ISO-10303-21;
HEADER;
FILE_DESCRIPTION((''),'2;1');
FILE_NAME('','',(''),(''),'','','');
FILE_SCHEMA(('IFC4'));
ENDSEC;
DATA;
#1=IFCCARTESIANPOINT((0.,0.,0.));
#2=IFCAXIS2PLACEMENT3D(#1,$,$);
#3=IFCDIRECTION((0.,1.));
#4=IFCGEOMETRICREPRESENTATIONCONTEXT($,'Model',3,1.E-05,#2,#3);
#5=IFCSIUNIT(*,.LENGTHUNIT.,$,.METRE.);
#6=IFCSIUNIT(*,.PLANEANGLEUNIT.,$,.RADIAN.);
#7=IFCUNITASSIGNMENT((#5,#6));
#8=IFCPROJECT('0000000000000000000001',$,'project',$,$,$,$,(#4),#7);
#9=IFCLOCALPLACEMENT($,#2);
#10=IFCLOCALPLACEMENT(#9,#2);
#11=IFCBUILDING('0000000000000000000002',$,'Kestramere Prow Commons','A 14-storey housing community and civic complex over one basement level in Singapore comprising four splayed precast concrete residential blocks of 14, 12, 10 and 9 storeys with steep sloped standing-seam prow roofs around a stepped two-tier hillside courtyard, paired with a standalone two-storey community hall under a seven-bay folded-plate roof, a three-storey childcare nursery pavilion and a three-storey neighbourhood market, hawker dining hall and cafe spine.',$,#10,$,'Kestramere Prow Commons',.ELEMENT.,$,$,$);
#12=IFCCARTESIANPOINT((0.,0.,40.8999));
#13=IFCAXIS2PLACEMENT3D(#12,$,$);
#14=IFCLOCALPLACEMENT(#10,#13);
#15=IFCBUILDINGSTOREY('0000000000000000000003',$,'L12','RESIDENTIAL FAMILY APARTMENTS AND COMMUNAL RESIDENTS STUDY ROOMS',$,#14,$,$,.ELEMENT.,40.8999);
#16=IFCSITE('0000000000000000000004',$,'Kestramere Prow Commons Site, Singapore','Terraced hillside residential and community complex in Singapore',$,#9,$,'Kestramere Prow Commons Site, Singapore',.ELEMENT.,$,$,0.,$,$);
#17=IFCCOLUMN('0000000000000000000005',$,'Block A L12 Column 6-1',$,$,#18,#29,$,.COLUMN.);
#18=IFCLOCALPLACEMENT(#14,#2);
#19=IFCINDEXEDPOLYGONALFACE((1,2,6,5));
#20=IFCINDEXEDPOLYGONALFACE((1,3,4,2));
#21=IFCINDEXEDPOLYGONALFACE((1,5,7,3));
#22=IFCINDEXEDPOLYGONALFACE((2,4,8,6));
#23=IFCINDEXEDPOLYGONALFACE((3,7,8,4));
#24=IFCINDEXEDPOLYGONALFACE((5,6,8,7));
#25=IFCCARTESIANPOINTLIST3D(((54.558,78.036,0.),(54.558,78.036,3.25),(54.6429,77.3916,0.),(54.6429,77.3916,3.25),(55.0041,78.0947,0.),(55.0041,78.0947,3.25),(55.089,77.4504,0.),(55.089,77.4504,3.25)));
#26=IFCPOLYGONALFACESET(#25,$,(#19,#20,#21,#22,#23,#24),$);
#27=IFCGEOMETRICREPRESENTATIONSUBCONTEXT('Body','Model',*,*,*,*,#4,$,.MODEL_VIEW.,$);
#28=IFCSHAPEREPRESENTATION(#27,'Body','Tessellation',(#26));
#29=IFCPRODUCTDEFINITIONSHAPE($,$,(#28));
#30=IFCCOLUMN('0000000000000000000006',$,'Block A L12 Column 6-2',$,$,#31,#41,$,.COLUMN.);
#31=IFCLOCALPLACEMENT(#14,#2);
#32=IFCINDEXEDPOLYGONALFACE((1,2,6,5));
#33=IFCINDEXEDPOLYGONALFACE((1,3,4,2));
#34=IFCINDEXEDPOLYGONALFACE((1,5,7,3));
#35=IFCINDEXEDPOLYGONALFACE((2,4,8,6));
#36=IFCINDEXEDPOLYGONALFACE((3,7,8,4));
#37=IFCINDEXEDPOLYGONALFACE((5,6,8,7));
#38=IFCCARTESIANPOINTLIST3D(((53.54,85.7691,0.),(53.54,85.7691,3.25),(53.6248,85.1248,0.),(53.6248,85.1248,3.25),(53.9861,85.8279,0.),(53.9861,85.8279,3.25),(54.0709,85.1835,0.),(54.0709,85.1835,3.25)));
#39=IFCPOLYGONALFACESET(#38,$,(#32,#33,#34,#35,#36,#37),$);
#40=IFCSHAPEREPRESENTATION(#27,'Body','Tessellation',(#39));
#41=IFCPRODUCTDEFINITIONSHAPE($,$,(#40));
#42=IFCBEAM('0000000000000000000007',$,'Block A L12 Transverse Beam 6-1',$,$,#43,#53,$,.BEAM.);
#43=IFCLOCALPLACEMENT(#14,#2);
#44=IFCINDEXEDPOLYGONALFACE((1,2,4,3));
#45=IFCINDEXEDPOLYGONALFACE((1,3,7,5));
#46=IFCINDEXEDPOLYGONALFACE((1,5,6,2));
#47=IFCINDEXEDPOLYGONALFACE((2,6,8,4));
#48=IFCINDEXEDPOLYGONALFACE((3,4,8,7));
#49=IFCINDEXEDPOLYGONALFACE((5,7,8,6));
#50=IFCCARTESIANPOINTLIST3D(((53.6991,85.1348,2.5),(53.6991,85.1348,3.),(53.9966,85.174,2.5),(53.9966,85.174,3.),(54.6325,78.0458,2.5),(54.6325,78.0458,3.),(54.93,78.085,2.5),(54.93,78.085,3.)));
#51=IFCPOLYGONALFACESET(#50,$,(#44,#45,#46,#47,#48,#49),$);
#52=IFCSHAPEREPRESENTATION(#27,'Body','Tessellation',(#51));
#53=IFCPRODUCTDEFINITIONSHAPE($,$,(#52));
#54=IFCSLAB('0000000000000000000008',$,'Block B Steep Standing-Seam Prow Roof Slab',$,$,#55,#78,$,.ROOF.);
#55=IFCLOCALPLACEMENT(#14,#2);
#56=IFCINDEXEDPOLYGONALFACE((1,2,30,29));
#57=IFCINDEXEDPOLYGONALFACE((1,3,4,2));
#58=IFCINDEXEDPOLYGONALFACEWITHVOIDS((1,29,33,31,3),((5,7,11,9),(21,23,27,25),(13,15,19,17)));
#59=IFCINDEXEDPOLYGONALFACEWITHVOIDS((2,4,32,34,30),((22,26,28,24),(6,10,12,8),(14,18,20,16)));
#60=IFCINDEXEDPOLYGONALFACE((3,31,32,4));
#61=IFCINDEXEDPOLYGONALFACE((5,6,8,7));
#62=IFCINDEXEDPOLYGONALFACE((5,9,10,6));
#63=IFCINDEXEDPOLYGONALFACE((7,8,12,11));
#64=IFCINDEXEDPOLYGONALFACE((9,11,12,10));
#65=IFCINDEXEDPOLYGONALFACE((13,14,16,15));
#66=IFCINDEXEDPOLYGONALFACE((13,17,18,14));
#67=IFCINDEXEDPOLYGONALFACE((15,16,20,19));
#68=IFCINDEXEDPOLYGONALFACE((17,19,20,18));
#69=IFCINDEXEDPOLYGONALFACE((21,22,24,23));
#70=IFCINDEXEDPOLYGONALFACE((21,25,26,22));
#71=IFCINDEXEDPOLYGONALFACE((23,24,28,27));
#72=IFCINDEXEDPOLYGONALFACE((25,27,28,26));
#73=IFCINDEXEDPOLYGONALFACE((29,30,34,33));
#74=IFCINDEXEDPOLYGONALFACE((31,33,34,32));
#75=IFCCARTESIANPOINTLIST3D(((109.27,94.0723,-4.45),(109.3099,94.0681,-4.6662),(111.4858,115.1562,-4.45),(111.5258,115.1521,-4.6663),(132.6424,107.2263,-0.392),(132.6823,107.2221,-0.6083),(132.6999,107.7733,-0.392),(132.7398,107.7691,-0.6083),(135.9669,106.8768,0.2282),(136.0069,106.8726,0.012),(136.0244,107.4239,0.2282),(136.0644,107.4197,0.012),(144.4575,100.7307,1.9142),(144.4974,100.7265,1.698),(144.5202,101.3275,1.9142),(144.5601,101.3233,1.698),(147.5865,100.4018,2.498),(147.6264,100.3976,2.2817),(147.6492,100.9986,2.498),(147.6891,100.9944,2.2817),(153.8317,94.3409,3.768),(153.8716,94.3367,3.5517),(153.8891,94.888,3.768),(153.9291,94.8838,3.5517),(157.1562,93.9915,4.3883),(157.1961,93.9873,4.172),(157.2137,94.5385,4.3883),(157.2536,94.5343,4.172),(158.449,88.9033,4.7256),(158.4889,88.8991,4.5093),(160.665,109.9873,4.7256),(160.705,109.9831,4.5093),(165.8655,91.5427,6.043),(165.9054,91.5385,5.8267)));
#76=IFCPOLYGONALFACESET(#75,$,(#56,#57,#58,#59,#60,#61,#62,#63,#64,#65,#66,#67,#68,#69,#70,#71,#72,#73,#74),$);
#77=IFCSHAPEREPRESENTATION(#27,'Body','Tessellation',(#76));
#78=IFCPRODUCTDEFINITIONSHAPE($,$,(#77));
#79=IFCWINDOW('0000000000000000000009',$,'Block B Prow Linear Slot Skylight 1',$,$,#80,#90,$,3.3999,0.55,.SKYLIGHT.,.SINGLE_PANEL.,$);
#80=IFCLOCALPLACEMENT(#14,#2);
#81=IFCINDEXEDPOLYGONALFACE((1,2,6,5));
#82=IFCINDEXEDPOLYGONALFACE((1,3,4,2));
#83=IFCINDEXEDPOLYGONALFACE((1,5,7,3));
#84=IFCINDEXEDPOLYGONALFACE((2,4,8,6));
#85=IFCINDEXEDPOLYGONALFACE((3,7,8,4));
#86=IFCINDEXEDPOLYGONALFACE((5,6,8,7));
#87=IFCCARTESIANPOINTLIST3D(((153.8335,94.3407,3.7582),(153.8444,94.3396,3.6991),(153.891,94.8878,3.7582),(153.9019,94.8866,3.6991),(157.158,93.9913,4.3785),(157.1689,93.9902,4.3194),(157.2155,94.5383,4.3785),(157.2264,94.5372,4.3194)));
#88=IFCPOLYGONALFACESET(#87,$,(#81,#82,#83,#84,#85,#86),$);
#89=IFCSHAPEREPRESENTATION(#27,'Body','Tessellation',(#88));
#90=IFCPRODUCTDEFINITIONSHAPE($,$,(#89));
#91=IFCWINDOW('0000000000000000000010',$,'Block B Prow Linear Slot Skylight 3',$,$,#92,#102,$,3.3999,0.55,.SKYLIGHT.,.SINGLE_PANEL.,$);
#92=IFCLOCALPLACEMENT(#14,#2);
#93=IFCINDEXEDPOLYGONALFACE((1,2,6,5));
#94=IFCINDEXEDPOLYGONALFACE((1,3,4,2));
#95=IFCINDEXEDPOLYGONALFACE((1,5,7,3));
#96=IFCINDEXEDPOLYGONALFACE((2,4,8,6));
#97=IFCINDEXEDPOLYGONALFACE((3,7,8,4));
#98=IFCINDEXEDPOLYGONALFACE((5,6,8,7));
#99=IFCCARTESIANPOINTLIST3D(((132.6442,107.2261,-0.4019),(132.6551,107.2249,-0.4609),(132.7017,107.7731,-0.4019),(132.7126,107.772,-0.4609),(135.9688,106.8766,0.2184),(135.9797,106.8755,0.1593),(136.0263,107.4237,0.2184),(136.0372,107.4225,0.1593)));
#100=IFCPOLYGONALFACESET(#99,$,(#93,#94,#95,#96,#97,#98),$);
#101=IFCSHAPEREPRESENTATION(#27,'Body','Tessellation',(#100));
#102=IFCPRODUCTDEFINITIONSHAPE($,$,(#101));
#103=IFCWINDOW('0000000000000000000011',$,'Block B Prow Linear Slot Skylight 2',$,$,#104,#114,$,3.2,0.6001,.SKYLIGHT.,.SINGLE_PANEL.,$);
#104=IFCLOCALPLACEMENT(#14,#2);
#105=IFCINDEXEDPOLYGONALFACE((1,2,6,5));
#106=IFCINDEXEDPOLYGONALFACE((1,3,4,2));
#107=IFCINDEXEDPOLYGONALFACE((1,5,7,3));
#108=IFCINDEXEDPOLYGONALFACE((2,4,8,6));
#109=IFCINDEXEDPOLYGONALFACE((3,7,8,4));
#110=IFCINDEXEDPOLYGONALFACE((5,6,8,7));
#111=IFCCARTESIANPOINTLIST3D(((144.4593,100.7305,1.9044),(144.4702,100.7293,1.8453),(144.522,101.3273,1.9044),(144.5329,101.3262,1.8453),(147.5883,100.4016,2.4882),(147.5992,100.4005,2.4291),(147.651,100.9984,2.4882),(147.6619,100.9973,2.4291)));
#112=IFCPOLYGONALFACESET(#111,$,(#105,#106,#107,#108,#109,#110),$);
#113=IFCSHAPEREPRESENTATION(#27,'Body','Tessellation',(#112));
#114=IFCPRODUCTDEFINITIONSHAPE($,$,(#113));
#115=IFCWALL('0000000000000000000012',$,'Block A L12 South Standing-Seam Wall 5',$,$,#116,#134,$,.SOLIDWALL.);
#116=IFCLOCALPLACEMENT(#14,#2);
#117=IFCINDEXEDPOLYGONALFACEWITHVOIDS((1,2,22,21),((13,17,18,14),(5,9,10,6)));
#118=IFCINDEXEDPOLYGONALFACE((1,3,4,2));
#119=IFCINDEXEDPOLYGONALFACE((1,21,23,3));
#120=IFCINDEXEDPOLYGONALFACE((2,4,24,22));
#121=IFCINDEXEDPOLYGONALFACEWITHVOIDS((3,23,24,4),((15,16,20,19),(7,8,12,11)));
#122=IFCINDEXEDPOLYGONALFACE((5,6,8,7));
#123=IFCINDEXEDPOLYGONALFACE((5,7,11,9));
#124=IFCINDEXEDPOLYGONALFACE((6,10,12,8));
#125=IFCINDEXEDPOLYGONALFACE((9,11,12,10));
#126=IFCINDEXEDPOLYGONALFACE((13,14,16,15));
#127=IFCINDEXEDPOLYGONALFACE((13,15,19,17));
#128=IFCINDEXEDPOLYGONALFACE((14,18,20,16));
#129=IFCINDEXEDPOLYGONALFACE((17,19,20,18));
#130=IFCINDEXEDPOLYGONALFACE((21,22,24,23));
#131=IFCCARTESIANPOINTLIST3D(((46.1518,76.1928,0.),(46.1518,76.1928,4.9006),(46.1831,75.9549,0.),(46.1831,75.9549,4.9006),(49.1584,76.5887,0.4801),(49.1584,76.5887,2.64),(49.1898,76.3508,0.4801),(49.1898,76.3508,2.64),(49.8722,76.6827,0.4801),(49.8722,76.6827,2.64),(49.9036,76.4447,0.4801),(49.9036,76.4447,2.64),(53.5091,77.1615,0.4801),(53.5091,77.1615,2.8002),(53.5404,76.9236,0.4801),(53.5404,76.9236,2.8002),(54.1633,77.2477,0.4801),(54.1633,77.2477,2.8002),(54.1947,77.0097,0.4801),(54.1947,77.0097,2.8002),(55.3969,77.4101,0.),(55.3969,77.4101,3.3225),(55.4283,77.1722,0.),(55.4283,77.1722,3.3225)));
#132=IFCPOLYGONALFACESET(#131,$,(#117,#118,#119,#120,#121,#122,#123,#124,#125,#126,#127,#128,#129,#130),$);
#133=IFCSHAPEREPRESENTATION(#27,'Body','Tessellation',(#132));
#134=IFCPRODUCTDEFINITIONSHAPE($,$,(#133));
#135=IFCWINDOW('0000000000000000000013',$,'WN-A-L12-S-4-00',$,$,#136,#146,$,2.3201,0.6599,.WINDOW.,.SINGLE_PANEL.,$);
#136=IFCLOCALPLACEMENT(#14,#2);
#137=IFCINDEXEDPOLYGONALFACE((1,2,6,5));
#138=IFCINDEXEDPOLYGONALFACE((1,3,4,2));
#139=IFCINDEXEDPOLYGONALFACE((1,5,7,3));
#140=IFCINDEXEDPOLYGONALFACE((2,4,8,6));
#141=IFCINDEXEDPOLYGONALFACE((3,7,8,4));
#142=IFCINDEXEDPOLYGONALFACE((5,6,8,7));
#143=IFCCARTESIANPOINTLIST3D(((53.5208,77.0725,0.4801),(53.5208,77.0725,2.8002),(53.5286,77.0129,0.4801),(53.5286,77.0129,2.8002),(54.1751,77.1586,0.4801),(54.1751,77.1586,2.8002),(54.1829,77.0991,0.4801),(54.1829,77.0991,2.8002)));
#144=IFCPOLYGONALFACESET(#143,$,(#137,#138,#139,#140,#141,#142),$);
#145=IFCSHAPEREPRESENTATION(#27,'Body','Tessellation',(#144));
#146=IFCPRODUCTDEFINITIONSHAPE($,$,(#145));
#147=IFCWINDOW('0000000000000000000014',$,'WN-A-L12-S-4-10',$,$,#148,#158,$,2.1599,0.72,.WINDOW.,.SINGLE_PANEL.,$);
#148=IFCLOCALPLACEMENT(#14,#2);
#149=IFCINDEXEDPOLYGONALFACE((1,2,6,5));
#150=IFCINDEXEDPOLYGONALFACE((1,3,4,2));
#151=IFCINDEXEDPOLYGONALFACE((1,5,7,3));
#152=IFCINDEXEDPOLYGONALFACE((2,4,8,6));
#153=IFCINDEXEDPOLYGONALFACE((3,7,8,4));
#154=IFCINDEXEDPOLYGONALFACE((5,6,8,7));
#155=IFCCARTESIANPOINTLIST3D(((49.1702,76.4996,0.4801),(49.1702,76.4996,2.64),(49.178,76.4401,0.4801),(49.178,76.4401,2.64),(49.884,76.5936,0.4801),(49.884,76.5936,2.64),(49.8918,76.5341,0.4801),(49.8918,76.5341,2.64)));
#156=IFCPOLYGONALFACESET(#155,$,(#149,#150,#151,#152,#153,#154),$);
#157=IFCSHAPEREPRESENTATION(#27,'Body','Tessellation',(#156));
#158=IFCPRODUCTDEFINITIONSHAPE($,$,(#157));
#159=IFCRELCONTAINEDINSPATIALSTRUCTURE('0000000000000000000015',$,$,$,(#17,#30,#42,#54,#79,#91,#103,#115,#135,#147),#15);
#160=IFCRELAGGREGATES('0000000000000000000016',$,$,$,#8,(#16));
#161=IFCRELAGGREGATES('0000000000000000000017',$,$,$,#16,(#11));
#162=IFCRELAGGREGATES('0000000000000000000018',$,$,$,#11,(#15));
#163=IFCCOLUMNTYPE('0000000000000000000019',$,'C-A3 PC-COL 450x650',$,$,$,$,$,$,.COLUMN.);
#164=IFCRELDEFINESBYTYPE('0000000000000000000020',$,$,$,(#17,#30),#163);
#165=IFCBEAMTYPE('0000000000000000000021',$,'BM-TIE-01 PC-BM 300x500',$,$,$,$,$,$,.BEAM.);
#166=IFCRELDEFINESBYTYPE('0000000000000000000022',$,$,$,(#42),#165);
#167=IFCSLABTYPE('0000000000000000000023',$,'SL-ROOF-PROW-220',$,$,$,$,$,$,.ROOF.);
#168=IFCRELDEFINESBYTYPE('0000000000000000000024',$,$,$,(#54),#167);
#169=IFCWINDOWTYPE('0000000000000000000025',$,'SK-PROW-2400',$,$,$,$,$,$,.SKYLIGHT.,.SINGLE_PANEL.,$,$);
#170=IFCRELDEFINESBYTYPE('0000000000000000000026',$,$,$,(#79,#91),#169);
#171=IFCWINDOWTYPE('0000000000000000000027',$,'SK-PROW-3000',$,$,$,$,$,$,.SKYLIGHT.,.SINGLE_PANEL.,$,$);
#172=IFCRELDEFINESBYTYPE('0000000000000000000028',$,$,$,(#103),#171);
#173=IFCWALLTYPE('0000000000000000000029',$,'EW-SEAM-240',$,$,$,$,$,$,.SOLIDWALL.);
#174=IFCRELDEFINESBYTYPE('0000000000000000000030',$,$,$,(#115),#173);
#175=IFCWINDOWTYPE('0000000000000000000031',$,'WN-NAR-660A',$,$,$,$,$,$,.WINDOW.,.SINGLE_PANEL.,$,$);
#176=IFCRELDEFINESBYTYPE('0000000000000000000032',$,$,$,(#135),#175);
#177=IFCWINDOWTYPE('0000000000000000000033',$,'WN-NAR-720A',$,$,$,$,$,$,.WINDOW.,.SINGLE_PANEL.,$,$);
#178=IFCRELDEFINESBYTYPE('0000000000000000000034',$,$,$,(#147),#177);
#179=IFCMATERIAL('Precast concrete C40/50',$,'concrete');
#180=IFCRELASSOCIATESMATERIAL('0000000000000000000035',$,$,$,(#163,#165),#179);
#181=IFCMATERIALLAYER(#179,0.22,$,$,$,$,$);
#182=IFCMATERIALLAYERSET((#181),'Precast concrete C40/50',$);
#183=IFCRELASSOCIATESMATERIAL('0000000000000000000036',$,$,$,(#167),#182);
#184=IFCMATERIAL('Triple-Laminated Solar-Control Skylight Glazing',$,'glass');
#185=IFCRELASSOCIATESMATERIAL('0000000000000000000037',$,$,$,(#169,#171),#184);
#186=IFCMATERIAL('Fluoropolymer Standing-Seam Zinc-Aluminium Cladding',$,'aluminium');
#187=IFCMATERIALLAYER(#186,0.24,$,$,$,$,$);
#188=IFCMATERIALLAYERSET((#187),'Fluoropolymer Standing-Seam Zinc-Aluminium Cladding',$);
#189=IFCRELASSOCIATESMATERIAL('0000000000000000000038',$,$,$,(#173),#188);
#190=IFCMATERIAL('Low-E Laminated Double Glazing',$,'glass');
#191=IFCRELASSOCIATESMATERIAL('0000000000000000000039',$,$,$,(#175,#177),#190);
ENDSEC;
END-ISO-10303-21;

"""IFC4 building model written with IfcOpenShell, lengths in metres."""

from ifc_helpers import new_model, si_unit, direction, frame, frame_2d, origin, origin_2d, place, context, subcontext, project, spatial, polyline, rectangle, outline, extrude, material, layer, layer_set, material_profile, profile_set, type_object, element, fill, save


model = new_model("IFC4")

# Units and contexts
model_context = context("Model", 3, precision=1e-05, world=origin(), true_north=direction((0.0, 1.0)))
body_context = subcontext(model_context, "Body", "Model", "MODEL_VIEW")
ifc_project = project(units=[si_unit("LENGTHUNIT", "METRE"), si_unit("PLANEANGLEUNIT", "RADIAN")], contexts=[model_context])

# Site, building, storey
site_placement = place(None, origin())
site = spatial("IfcSite", under=ifc_project, at=site_placement, Name="Kestramere Prow Commons Site, Singapore", Description="Terraced hillside residential and community complex in Singapore", LongName="Kestramere Prow Commons Site, Singapore", CompositionType="ELEMENT", RefElevation=0.0)
building_placement = place(site_placement, origin())
building = spatial("IfcBuilding", under=site, at=building_placement, Name="Kestramere Prow Commons", Description="A 14-storey housing community and civic complex over one basement level in Singapore comprising four splayed precast concrete residential blocks of 14, 12, 10 and 9 storeys with steep sloped standing-seam prow roofs around a stepped two-tier hillside courtyard, paired with a standalone two-storey community hall under a seven-bay folded-plate roof, a three-storey childcare nursery pavilion and a three-storey neighbourhood market, hawker dining hall and cafe spine.", LongName="Kestramere Prow Commons", CompositionType="ELEMENT")
storey_placement = place(building_placement, frame((0.0, 0.0, 40.8999)))
storey = spatial("IfcBuildingStorey", under=building, at=storey_placement, Name="L12", Description="RESIDENTIAL FAMILY APARTMENTS AND COMMUNAL RESIDENTS STUDY ROOMS", CompositionType="ELEMENT", Elevation=40.8999)

# Columns
ifc_material_1 = material(Name="Precast concrete C40/50", Category="concrete")
ifc_material_profile_1 = material_profile(ifc_material_1, rectangle(XDim=0.45, YDim=0.6499, at=origin_2d()), Name="PC-COL 450x650")
ifc_profile_set_1 = profile_set([ifc_material_profile_1], Name="Precast concrete C40/50")
column_type = type_object("IfcColumnType", Name="C-A3 PC-COL 450x650", PredefinedType="COLUMN", material=ifc_profile_set_1)
for number, where, z_axis, x_axis, name in (
    (1, (54.8235, 77.7432, 0.0), (0.0, 0.0, 1.0), (0.991445, 0.130526, 0.0), "Block A L12 Column 6-1"),
    (2, (53.8054, 85.4763, 0.0), (0.0, 0.0, 1.0), (0.991445, 0.130526, 0.0), "Block A L12 Column 6-2"),
):
    element("IfcColumn", number, at=place(storey_placement, frame(where, z_axis=z_axis, x_axis=x_axis)), inside=storey, type_object=column_type, Name=name, PredefinedType="COLUMN", context=body_context, shape_type="SweptSolid", body=[
        extrude(rectangle(XDim=0.45, YDim=0.6499, at=origin_2d()), origin(), (0.0, 0.0, 1.0), 3.25),
    ])

# Beam
ifc_material_profile_2 = material_profile(ifc_material_1, rectangle(XDim=0.3, YDim=0.5, at=origin_2d()), Name="PC-BM 300x500")
ifc_profile_set_2 = profile_set([ifc_material_profile_2], Name="Precast concrete C40/50")
beam_type = type_object("IfcBeamType", Name="BM-TIE-01 PC-BM 300x500", PredefinedType="BEAM", material=ifc_profile_set_2)
beam_placement = place(storey_placement, frame((54.7812, 78.0654, 2.75), z_axis=(-0.130538, 0.991443, 0.0), x_axis=(-0.991443, -0.130538, 0.0)))
element("IfcBeam", 3, at=beam_placement, inside=storey, type_object=beam_type, Name="Block A L12 Transverse Beam 6-1", PredefinedType="BEAM", context=body_context, shape_type="SweptSolid", body=[
    extrude(rectangle(XDim=0.3, YDim=0.5, at=origin_2d()), origin(), (0.0, 0.0, 1.0), 7.1501),
])

# Slab, openings, windows
ifc_layer_1 = layer(ifc_material_1, 0.22)
ifc_layer_set_1 = layer_set([ifc_layer_1], Name="Precast concrete C40/50")
slab_type = type_object("IfcSlabType", Name="SL-ROOF-PROW-220", PredefinedType="ROOF", material=ifc_layer_set_1)
slab_placement = place(storey_placement, frame((109.27, 94.0723, -4.45), z_axis=(-0.181438, 0.019069, 0.983217), x_axis=(0.977831, -0.102775, 0.182438)))
slab = element("IfcSlab", 4, at=slab_placement, inside=storey, type_object=slab_type, Name="Block B Steep Standing-Seam Prow Roof Slab", PredefinedType="ROOF", context=body_context, shape_type="SweptSolid", body=[
    extrude(outline(polyline([(0.0, 0.0), (50.2939, 0.0), (57.5151, 3.4002), (50.294, 21.2001), (-0.0002, 21.2001), (0.0, 0.0)])), origin(), (0.0, 0.0, -1.0), 0.22),
])
opening_1_placement = place(slab_placement, frame((46.7454, 5.2002, 0.0), z_axis=(0.0, 0.0, 1.0), x_axis=(0.0, -1.0, 0.0)))
opening_1 = element("IfcOpeningElement", 5, at=opening_1_placement, cuts=slab, PredefinedType="OPENING", context=body_context, shape_type="SweptSolid", body=[
    extrude(rectangle(XDim=0.55, YDim=3.3999, at=origin_2d()), frame((0.0, 0.0, 0.0149), z_axis=(0.0, 0.0, -1.0), x_axis=(1.0, 0.0, 0.0)), (0.0, 0.0, 1.0), 0.25),
])
opening_2_placement = place(slab_placement, frame((36.4841, 10.6001, 0.0), z_axis=(0.0, 0.0, 1.0), x_axis=(0.0, -1.0, 0.0)))
opening_2 = element("IfcOpeningElement", 6, at=opening_2_placement, cuts=slab, PredefinedType="OPENING", context=body_context, shape_type="SweptSolid", body=[
    extrude(rectangle(XDim=0.6001, YDim=3.2, at=origin_2d()), frame((0.0, 0.0, 0.0149), z_axis=(0.0, 0.0, -1.0), x_axis=(1.0, 0.0, 0.0)), (0.0, 0.0, 1.0), 0.25),
])
opening_3_placement = place(slab_placement, frame((23.9426, 15.8, 0.0), z_axis=(0.0, 0.0, 1.0), x_axis=(0.0, -1.0, 0.0)))
opening_3 = element("IfcOpeningElement", 7, at=opening_3_placement, cuts=slab, PredefinedType="OPENING", context=body_context, shape_type="SweptSolid", body=[
    extrude(rectangle(XDim=0.55, YDim=3.3999, at=origin_2d()), frame((0.0, 0.0, 0.0149), z_axis=(0.0, 0.0, -1.0), x_axis=(1.0, 0.0, 0.0)), (0.0, 0.0, 1.0), 0.25),
])
ifc_material_2 = material(Name="Triple-Laminated Solar-Control Skylight Glazing", Category="glass")
window_type_1 = type_object("IfcWindowType", Name="SK-PROW-2400", PartitioningType="SINGLE_PANEL", PredefinedType="SKYLIGHT", material=ifc_material_2)
window_1_placement = place(opening_1_placement, frame((0.0, 0.0, -0.01)))
window_1 = element("IfcWindow", 8, at=window_1_placement, inside=storey, type_object=window_type_1, Name="Block B Prow Linear Slot Skylight 1", OverallHeight=3.3999, OverallWidth=0.55, PartitioningType="SINGLE_PANEL", PredefinedType="SKYLIGHT", context=body_context, shape_type="SweptSolid", body=[
    extrude(rectangle(XDim=0.55, YDim=3.3999, at=origin_2d()), frame((0.0, 0.0, 0.0), z_axis=(0.0, 0.0, -1.0), x_axis=(1.0, 0.0, 0.0)), (0.0, 0.0, 1.0), 0.0601),
])
fill(opening_1, window_1)
window_2_placement = place(opening_3_placement, frame((0.0, 0.0, -0.01)))
window_2 = element("IfcWindow", 9, at=window_2_placement, inside=storey, type_object=window_type_1, Name="Block B Prow Linear Slot Skylight 3", OverallHeight=3.3999, OverallWidth=0.55, PartitioningType="SINGLE_PANEL", PredefinedType="SKYLIGHT", context=body_context, shape_type="SweptSolid", body=[
    extrude(rectangle(XDim=0.55, YDim=3.3999, at=origin_2d()), frame((0.0, 0.0, 0.0), z_axis=(0.0, 0.0, -1.0), x_axis=(1.0, 0.0, 0.0)), (0.0, 0.0, 1.0), 0.0601),
])
fill(opening_3, window_2)
window_type_2 = type_object("IfcWindowType", Name="SK-PROW-3000", PartitioningType="SINGLE_PANEL", PredefinedType="SKYLIGHT", material=ifc_material_2)
window_3_placement = place(opening_2_placement, frame((0.0, 0.0, -0.01)))
window_3 = element("IfcWindow", 10, at=window_3_placement, inside=storey, type_object=window_type_2, Name="Block B Prow Linear Slot Skylight 2", OverallHeight=3.2, OverallWidth=0.6001, PartitioningType="SINGLE_PANEL", PredefinedType="SKYLIGHT", context=body_context, shape_type="SweptSolid", body=[
    extrude(rectangle(XDim=0.6001, YDim=3.2, at=origin_2d()), frame((0.0, 0.0, 0.0), z_axis=(0.0, 0.0, -1.0), x_axis=(1.0, 0.0, 0.0)), (0.0, 0.0, 1.0), 0.0601),
])
fill(opening_2, window_3)

# Wall, openings, windows
ifc_material_3 = material(Name="Fluoropolymer Standing-Seam Zinc-Aluminium Cladding", Category="aluminium")
ifc_layer_2 = layer(ifc_material_3, 0.24)
ifc_layer_set_2 = layer_set([ifc_layer_2], Name="Fluoropolymer Standing-Seam Zinc-Aluminium Cladding")
wall_type = type_object("IfcWallType", Name="EW-SEAM-240", PredefinedType="SOLIDWALL", material=ifc_layer_set_2)
wall_placement = place(storey_placement, frame((55.4126, 77.2913, 0.0), z_axis=(0.0, 0.0, 1.0), x_axis=(-0.991443, -0.130541, 0.0)))
wall = element("IfcWall", 11, at=wall_placement, inside=storey, type_object=wall_type, Name="Block A L12 South Standing-Seam Wall 5", PredefinedType="SOLIDWALL", context=body_context, shape_type="SweptSolid", body=[
    extrude(outline(polyline([(0.0, 0.0), (9.325, 0.0), (9.325, 4.9006), (0.0, 3.3225), (0.0, 0.0)])), frame((0.0, 0.1201, 0.0), z_axis=(0.0, -1.0, 0.0), x_axis=(1.0, 0.0, 0.0)), (0.0, 0.0, 1.0), 0.24),
])
opening_4_placement = place(wall_placement, frame((1.2441, 0.0, 0.48)))
opening_4 = element("IfcOpeningElement", 12, at=opening_4_placement, cuts=wall, PredefinedType="OPENING", context=body_context, shape_type="SweptSolid", body=[
    extrude(rectangle(XDim=0.6599, YDim=2.3201, at=frame_2d((0.3301, 1.1602))), frame((0.0, 0.135, 0.0), z_axis=(0.0, -1.0, 0.0), x_axis=(1.0, 0.0, 0.0)), (0.0, 0.0, 1.0), 0.27),
])
opening_5_placement = place(wall_placement, frame((5.5725, 0.0, 0.48)))
opening_5 = element("IfcOpeningElement", 13, at=opening_5_placement, cuts=wall, PredefinedType="OPENING", context=body_context, shape_type="SweptSolid", body=[
    extrude(rectangle(XDim=0.72, YDim=2.1599, at=frame_2d((0.3599, 1.0801))), frame((0.0, 0.135, 0.0), z_axis=(0.0, -1.0, 0.0), x_axis=(1.0, 0.0, 0.0)), (0.0, 0.0, 1.0), 0.27),
])
ifc_material_4 = material(Name="Low-E Laminated Double Glazing", Category="glass")
window_type_3 = type_object("IfcWindowType", Name="WN-NAR-660A", PartitioningType="SINGLE_PANEL", PredefinedType="WINDOW", material=ifc_material_4)
window_4_placement = place(opening_4_placement, origin())
window_4 = element("IfcWindow", 14, at=window_4_placement, inside=storey, type_object=window_type_3, Name="WN-A-L12-S-4-00", OverallHeight=2.3201, OverallWidth=0.6599, PartitioningType="SINGLE_PANEL", PredefinedType="WINDOW", context=body_context, shape_type="SweptSolid", body=[
    extrude(rectangle(XDim=0.6599, YDim=2.3201, at=frame_2d((0.3301, 1.1602))), frame((0.0, 0.03, 0.0), z_axis=(0.0, -1.0, 0.0), x_axis=(1.0, 0.0, 0.0)), (0.0, 0.0, 1.0), 0.0601),
])
fill(opening_4, window_4)
window_type_4 = type_object("IfcWindowType", Name="WN-NAR-720A", PartitioningType="SINGLE_PANEL", PredefinedType="WINDOW", material=ifc_material_4)
window_5_placement = place(opening_5_placement, origin())
window_5 = element("IfcWindow", 15, at=window_5_placement, inside=storey, type_object=window_type_4, Name="WN-A-L12-S-4-10", OverallHeight=2.1599, OverallWidth=0.72, PartitioningType="SINGLE_PANEL", PredefinedType="WINDOW", context=body_context, shape_type="SweptSolid", body=[
    extrude(rectangle(XDim=0.72, YDim=2.1599, at=frame_2d((0.3599, 1.0801))), frame((0.0, 0.03, 0.0), z_axis=(0.0, -1.0, 0.0), x_axis=(1.0, 0.0, 0.0)), (0.0, 0.0, 1.0), 0.0601),
])
fill(opening_5, window_5)

save(model, "model.ifc")
